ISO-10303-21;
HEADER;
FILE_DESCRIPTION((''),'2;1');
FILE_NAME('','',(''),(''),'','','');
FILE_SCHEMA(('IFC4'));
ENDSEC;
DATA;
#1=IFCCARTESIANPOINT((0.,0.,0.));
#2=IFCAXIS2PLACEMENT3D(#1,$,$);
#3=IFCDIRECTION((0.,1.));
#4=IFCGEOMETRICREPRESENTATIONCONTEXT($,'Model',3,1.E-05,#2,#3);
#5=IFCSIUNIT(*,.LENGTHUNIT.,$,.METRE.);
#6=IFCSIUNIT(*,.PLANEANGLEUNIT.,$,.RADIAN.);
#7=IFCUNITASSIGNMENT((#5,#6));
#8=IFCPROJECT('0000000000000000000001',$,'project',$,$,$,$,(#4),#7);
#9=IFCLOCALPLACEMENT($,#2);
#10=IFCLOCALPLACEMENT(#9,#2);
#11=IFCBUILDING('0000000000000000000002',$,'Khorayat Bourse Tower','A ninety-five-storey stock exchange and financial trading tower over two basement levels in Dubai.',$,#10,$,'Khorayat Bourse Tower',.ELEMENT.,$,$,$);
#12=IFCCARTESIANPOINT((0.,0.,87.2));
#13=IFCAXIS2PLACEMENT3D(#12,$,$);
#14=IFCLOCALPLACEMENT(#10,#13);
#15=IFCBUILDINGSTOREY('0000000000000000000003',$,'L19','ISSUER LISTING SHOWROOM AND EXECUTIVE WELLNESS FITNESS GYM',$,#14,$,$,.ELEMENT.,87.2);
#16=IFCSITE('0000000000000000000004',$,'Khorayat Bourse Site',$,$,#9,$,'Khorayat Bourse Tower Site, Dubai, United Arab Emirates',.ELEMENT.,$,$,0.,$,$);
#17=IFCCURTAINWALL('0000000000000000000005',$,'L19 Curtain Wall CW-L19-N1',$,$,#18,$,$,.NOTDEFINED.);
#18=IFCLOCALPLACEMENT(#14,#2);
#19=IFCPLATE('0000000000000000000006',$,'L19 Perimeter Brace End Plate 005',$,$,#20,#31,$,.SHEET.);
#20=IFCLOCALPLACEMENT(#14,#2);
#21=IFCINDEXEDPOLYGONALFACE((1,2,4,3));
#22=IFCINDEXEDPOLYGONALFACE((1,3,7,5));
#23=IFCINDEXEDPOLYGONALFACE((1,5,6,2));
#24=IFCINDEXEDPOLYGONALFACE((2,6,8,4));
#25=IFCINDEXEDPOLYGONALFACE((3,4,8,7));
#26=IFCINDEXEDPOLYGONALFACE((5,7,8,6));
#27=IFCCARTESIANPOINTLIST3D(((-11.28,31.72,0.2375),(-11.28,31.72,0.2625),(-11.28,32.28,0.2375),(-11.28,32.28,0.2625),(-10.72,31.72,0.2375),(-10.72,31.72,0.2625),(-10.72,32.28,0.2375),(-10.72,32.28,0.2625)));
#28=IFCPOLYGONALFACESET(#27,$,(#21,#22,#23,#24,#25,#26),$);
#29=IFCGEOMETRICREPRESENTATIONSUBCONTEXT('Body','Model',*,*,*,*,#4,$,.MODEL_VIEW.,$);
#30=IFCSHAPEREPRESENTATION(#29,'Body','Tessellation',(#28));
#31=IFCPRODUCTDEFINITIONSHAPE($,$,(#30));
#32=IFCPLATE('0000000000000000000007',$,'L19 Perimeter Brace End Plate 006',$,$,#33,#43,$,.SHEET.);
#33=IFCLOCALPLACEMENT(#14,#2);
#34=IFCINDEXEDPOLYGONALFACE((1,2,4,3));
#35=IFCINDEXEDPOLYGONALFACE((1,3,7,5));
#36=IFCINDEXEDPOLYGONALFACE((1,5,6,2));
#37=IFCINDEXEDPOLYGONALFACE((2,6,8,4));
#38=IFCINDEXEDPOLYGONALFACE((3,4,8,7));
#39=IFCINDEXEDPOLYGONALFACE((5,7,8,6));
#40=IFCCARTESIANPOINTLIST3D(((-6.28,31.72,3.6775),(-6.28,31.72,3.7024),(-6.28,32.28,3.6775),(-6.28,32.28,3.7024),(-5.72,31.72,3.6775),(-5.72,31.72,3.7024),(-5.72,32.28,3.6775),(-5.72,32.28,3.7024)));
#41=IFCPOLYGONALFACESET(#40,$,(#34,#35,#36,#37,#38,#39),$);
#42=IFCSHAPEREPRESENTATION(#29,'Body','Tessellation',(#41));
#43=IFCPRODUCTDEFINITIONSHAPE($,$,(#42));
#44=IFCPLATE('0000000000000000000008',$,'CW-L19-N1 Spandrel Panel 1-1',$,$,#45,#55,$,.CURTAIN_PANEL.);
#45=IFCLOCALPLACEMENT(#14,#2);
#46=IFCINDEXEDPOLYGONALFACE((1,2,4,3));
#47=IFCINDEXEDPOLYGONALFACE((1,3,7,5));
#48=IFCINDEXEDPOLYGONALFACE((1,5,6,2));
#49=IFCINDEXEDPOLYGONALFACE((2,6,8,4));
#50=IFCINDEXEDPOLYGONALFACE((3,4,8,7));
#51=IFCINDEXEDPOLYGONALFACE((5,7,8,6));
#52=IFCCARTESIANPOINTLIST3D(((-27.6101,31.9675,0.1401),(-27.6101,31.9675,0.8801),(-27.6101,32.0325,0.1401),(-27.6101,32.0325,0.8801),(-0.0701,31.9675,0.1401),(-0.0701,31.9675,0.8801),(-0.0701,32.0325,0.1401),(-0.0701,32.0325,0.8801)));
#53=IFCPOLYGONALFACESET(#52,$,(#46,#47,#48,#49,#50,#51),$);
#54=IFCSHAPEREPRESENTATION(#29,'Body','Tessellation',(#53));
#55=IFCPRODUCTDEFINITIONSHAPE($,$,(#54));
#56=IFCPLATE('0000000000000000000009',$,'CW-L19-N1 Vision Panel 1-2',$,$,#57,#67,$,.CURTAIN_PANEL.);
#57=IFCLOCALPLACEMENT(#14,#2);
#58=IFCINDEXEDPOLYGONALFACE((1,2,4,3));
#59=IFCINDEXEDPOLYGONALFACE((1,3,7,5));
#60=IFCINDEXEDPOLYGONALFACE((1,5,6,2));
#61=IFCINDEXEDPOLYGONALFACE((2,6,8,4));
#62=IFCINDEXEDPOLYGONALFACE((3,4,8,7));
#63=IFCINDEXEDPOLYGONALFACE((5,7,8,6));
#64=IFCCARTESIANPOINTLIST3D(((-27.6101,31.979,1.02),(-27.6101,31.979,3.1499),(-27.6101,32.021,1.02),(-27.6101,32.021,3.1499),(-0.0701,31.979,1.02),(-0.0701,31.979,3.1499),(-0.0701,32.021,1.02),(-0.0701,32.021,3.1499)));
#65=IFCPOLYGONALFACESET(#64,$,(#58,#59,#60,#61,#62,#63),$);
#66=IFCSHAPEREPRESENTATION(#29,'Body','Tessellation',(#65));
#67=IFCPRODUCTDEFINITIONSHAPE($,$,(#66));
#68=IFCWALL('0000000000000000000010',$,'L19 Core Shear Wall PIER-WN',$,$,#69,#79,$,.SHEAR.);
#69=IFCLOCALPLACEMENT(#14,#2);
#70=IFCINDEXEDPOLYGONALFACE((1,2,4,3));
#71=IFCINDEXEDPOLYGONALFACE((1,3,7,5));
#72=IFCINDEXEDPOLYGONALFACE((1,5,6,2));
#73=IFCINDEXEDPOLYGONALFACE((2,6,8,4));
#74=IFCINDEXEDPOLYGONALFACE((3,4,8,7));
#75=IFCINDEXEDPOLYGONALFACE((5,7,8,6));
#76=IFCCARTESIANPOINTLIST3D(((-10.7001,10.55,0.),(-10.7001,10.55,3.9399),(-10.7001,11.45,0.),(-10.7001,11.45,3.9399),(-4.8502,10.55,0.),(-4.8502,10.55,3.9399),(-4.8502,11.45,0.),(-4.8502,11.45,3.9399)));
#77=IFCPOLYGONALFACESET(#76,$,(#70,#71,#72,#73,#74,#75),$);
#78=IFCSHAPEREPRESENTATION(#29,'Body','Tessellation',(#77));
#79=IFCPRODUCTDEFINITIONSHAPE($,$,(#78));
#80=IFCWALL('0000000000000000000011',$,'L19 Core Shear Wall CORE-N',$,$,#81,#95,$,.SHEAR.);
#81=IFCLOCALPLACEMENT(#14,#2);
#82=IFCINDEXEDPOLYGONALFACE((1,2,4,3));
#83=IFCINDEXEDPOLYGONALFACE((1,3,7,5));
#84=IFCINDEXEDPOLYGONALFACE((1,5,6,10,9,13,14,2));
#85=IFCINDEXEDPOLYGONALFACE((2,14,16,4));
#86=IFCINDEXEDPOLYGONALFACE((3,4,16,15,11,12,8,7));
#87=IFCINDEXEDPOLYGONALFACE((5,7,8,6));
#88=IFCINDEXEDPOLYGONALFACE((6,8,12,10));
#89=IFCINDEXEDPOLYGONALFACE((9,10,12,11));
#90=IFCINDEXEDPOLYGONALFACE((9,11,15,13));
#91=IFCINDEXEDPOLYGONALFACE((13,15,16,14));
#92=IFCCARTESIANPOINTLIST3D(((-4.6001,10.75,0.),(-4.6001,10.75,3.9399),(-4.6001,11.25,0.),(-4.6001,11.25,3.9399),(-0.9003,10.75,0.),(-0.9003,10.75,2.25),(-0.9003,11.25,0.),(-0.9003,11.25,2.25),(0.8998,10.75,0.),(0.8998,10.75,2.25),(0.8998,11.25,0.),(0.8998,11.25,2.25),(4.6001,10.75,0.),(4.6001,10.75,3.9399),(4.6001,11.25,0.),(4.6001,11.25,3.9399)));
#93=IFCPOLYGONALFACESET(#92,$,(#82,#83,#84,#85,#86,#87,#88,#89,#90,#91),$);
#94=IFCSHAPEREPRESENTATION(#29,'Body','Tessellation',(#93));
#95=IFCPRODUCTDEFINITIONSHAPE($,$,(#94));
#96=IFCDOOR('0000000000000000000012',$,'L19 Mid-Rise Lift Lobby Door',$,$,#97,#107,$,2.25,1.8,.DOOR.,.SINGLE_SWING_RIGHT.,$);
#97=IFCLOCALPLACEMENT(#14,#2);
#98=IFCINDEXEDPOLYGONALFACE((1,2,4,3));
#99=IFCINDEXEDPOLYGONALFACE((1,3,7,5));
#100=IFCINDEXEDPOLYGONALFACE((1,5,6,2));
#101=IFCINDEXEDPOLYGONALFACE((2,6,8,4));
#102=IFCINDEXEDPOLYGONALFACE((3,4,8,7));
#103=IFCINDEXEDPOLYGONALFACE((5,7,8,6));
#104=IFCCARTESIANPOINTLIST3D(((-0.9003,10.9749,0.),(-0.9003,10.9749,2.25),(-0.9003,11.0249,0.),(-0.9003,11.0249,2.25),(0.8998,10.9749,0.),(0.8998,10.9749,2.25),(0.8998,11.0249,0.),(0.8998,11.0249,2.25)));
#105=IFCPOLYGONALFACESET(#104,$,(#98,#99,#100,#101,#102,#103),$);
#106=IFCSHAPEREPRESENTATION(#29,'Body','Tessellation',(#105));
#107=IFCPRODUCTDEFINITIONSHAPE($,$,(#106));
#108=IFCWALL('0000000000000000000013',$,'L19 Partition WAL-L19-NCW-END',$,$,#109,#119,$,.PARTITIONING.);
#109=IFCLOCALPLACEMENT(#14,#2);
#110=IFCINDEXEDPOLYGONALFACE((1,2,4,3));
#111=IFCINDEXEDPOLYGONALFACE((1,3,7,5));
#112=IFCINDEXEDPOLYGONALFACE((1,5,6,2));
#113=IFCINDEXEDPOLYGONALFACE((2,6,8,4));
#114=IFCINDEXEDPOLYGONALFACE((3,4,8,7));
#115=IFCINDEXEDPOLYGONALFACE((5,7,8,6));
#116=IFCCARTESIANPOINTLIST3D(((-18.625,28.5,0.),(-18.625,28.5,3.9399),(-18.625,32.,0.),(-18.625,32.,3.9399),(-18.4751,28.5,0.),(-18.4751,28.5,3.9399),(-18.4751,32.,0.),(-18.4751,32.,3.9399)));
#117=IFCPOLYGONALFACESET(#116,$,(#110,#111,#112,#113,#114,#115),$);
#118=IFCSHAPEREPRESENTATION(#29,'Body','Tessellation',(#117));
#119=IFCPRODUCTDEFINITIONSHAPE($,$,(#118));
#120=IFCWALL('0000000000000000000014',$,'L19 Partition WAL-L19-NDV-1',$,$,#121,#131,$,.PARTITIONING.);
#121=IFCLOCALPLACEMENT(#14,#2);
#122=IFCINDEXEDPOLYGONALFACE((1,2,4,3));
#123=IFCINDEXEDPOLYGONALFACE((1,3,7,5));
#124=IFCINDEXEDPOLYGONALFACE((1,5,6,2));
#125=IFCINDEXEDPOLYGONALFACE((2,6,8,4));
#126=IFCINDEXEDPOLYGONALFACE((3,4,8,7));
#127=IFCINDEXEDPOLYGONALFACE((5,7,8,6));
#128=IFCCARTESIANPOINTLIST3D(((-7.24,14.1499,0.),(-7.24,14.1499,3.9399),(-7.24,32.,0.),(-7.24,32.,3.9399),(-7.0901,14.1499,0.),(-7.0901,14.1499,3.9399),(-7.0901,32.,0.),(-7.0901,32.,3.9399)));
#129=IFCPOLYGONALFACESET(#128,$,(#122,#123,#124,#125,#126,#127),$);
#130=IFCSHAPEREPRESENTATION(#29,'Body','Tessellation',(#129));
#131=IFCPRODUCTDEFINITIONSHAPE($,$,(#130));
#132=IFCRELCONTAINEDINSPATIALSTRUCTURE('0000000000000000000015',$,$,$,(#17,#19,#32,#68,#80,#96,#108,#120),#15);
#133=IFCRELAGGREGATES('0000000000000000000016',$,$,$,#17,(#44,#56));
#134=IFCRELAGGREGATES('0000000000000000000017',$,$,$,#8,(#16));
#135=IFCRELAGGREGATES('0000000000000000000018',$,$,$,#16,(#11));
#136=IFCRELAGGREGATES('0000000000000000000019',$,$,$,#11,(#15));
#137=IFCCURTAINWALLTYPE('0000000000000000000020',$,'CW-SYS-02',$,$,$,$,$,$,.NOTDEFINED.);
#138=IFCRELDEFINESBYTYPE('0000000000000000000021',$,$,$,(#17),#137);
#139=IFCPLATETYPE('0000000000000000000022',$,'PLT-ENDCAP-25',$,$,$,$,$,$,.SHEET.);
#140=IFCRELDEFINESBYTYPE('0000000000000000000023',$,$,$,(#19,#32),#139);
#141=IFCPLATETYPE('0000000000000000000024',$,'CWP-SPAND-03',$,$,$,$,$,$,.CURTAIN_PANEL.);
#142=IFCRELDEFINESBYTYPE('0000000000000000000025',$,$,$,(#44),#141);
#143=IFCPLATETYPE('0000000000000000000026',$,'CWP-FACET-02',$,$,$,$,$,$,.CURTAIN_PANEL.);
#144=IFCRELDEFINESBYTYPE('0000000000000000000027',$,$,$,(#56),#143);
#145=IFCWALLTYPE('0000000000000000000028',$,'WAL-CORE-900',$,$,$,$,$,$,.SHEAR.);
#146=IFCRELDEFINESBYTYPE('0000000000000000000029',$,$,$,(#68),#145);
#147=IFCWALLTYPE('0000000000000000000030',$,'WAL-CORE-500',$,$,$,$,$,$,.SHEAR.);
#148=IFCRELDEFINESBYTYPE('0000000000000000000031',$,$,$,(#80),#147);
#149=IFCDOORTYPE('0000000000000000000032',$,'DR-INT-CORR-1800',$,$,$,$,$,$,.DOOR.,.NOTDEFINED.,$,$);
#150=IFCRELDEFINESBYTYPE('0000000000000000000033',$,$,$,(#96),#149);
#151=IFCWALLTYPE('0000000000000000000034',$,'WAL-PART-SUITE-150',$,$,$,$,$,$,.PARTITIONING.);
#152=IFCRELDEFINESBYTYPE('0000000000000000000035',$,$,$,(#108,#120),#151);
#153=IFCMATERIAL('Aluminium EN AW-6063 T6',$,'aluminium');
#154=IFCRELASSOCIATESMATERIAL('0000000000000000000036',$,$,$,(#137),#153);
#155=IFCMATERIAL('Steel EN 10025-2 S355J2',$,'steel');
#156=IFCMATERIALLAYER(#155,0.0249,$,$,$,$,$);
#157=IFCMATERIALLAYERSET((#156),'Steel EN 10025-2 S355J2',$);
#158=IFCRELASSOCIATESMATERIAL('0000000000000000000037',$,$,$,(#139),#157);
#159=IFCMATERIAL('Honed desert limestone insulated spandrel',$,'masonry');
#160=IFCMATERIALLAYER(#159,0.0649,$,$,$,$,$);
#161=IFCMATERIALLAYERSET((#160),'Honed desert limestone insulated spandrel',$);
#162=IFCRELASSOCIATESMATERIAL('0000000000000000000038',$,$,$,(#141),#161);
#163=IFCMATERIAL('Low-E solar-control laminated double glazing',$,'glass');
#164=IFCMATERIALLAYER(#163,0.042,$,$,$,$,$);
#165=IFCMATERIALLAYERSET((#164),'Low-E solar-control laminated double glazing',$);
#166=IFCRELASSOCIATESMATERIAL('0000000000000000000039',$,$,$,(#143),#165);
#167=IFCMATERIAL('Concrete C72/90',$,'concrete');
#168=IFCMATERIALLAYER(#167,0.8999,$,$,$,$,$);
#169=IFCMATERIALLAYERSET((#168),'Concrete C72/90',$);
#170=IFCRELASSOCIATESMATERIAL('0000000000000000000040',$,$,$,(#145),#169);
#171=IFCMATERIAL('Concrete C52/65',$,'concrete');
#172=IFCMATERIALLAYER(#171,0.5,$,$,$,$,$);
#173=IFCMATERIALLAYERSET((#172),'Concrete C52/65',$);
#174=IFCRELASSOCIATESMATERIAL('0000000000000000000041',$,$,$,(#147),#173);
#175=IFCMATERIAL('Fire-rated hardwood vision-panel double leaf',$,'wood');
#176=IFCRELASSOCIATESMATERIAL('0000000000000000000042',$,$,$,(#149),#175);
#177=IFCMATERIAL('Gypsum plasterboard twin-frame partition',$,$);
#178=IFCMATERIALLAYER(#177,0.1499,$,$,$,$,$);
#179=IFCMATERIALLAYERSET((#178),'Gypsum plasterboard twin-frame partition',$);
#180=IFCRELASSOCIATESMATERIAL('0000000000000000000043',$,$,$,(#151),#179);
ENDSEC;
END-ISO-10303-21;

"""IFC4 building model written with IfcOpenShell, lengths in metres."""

from ifc_helpers import new_model, si_unit, direction, frame, frame_2d, origin, origin_2d, place, context, subcontext, project, spatial, rectangle, extrude, source, transform, mapped, material, layer, layer_set, type_object, element, fill, aggregate, save


model = new_model("IFC4")

# Units and contexts
model_context = context("Model", 3, precision=1e-05, world=origin(), true_north=direction((0.0, 1.0)))
body_context = subcontext(model_context, "Body", "Model", "MODEL_VIEW")
ifc_project = project(units=[si_unit("LENGTHUNIT", "METRE"), si_unit("PLANEANGLEUNIT", "RADIAN")], contexts=[model_context])

# Site, building, storey
site_placement = place(None, origin())
site = spatial("IfcSite", under=ifc_project, at=site_placement, Name="Khorayat Bourse Site", LongName="Khorayat Bourse Tower Site, Dubai, United Arab Emirates", CompositionType="ELEMENT", RefElevation=0.0)
building_placement = place(site_placement, origin())
building = spatial("IfcBuilding", under=site, at=building_placement, Name="Khorayat Bourse Tower", Description="A ninety-five-storey stock exchange and financial trading tower over two basement levels in Dubai.", LongName="Khorayat Bourse Tower", CompositionType="ELEMENT")
storey_placement = place(building_placement, frame((0.0, 0.0, 87.2)))
storey = spatial("IfcBuildingStorey", under=building, at=storey_placement, Name="L19", Description="ISSUER LISTING SHOWROOM AND EXECUTIVE WELLNESS FITNESS GYM", CompositionType="ELEMENT", Elevation=87.2)

# Shared definitions
ifc_material_1 = material(Name="Concrete C72/90", Category="concrete")

# Curtain wall
ifc_material_2 = material(Name="Aluminium EN AW-6063 T6", Category="aluminium")
curtain_wall_type = type_object("IfcCurtainWallType", Name="CW-SYS-02", PredefinedType="NOTDEFINED", material=ifc_material_2)
curtain_wall_placement = place(storey_placement, origin())
curtain_wall = element("IfcCurtainWall", 1, at=curtain_wall_placement, inside=storey, type_object=curtain_wall_type, Name="L19 Curtain Wall CW-L19-N1", PredefinedType="NOTDEFINED")

# Plates
ifc_material_3 = material(Name="Steel EN 10025-2 S355J2", Category="steel")
ifc_layer_1 = layer(ifc_material_3, 0.0249)
ifc_layer_set_1 = layer_set([ifc_layer_1], Name="Steel EN 10025-2 S355J2")
plate_type_1 = type_object("IfcPlateType", Name="PLT-ENDCAP-25", PredefinedType="SHEET", material=ifc_layer_set_1)
shared_shape_1 = source(origin(), body_context, "Body", "SweptSolid", [
    extrude(rectangle(XDim=0.5601, YDim=0.5601, at=origin_2d()), origin(), (0.0, 0.0, 1.0), 0.0249),
])
for number, where, z_axis, x_axis, name in (
    (2, (-11.0, 32.0, 0.2375), (0.0, 0.0, 1.0), (1.0, 0.0, 0.0), "L19 Perimeter Brace End Plate 005"),
    (3, (-6.0, 32.0, 3.6775), (0.0, 0.0, 1.0), (1.0, 0.0, 0.0), "L19 Perimeter Brace End Plate 006"),
):
    element("IfcPlate", number, at=place(storey_placement, frame(where, z_axis=z_axis, x_axis=x_axis)), inside=storey, type_object=plate_type_1, Name=name, PredefinedType="SHEET", context=body_context, shape_type="MappedRepresentation", body=[
        mapped(shared_shape_1, transform((0.0, 0.0, 0.0), scale=1.0)),
    ])

# Plates
ifc_material_4 = material(Name="Honed desert limestone insulated spandrel", Category="masonry")
ifc_layer_2 = layer(ifc_material_4, 0.0649)
ifc_layer_set_2 = layer_set([ifc_layer_2], Name="Honed desert limestone insulated spandrel")
plate_type_2 = type_object("IfcPlateType", Name="CWP-SPAND-03", PredefinedType="CURTAIN_PANEL", material=ifc_layer_set_2)
shared_shape_2 = source(origin(), body_context, "Body", "SweptSolid", [
    extrude(rectangle(XDim=27.54, YDim=0.0649, at=origin_2d()), origin(), (0.0, 0.0, 1.0), 0.74),
])
plate_1_placement = place(storey_placement, frame((-13.8401, 32.0, 0.1401), z_axis=(0.0, 0.0, 1.0), x_axis=(1.0, 0.0, 0.0)))
plate_1 = element("IfcPlate", 4, at=plate_1_placement, type_object=plate_type_2, Name="CW-L19-N1 Spandrel Panel 1-1", PredefinedType="CURTAIN_PANEL", context=body_context, shape_type="MappedRepresentation", body=[
    mapped(shared_shape_2, transform((0.0, 0.0, 0.0), scale=1.0)),
])
ifc_material_5 = material(Name="Low-E solar-control laminated double glazing", Category="glass")
ifc_layer_3 = layer(ifc_material_5, 0.042)
ifc_layer_set_3 = layer_set([ifc_layer_3], Name="Low-E solar-control laminated double glazing")
plate_type_3 = type_object("IfcPlateType", Name="CWP-FACET-02", PredefinedType="CURTAIN_PANEL", material=ifc_layer_set_3)
shared_shape_3 = source(origin(), body_context, "Body", "SweptSolid", [
    extrude(rectangle(XDim=27.54, YDim=0.042, at=origin_2d()), origin(), (0.0, 0.0, 1.0), 2.1299),
])
plate_2_placement = place(storey_placement, frame((-13.8401, 32.0, 1.02), z_axis=(0.0, 0.0, 1.0), x_axis=(1.0, 0.0, 0.0)))
plate_2 = element("IfcPlate", 5, at=plate_2_placement, type_object=plate_type_3, Name="CW-L19-N1 Vision Panel 1-2", PredefinedType="CURTAIN_PANEL", context=body_context, shape_type="MappedRepresentation", body=[
    mapped(shared_shape_3, transform((0.0, 0.0, 0.0), scale=1.0)),
])
aggregate(curtain_wall, [plate_1, plate_2])

# Wall
ifc_layer_4 = layer(ifc_material_1, 0.8999)
ifc_layer_set_4 = layer_set([ifc_layer_4], Name="Concrete C72/90")
wall_type_1 = type_object("IfcWallType", Name="WAL-CORE-900", PredefinedType="SHEAR", material=ifc_layer_set_4)
shared_shape_4 = source(origin(), body_context, "Body", "SweptSolid", [
    extrude(rectangle(XDim=5.8499, YDim=0.8999, at=frame_2d((2.9248, 0.0))), origin(), (0.0, 0.0, 1.0), 3.9399),
])
wall_1_placement = place(storey_placement, frame((-10.7, 11.0, 0.0), z_axis=(0.0, 0.0, 1.0), x_axis=(1.0, 0.0, 0.0)))
element("IfcWall", 6, at=wall_1_placement, inside=storey, type_object=wall_type_1, Name="L19 Core Shear Wall PIER-WN", PredefinedType="SHEAR", context=body_context, shape_type="MappedRepresentation", body=[
    mapped(shared_shape_4, transform((0.0, 0.0, 0.0), scale=1.0)),
])

# Wall, opening, door
ifc_material_6 = material(Name="Concrete C52/65", Category="concrete")
ifc_layer_5 = layer(ifc_material_6, 0.5)
ifc_layer_set_5 = layer_set([ifc_layer_5], Name="Concrete C52/65")
wall_type_2 = type_object("IfcWallType", Name="WAL-CORE-500", PredefinedType="SHEAR", material=ifc_layer_set_5)
shared_shape_5 = source(origin(), body_context, "Body", "SweptSolid", [
    extrude(rectangle(XDim=9.2002, YDim=0.5, at=frame_2d((4.6001, 0.0))), origin(), (0.0, 0.0, 1.0), 3.9399),
])
wall_2_placement = place(storey_placement, frame((-4.6001, 11.0, 0.0), z_axis=(0.0, 0.0, 1.0), x_axis=(1.0, 0.0, 0.0)))
wall_2 = element("IfcWall", 7, at=wall_2_placement, inside=storey, type_object=wall_type_2, Name="L19 Core Shear Wall CORE-N", PredefinedType="SHEAR", context=body_context, shape_type="MappedRepresentation", body=[
    mapped(shared_shape_5, transform((0.0, 0.0, 0.0), scale=1.0)),
])
shared_shape_6 = source(origin(), body_context, "Body", "SweptSolid", [
    extrude(rectangle(XDim=1.8, YDim=2.25, at=frame_2d((0.8999, 1.125))), frame((0.0, 0.26, 0.0), z_axis=(0.0, -1.0, 0.0), x_axis=(1.0, 0.0, 0.0)), (0.0, 0.0, 1.0), 0.52),
])
opening_1_placement = place(wall_2_placement, frame((3.7, 0.0, 0.0)))
opening_1 = element("IfcOpeningElement", 8, at=opening_1_placement, cuts=wall_2, PredefinedType="OPENING", context=body_context, shape_type="MappedRepresentation", body=[
    mapped(shared_shape_6, transform((0.0, 0.0, 0.0), scale=1.0)),
])
ifc_material_7 = material(Name="Fire-rated hardwood vision-panel double leaf", Category="wood")
door_type_1 = type_object("IfcDoorType", Name="DR-INT-CORR-1800", OperationType="NOTDEFINED", PredefinedType="DOOR", material=ifc_material_7)
shared_shape_7 = source(origin(), body_context, "Body", "SweptSolid", [
    extrude(rectangle(XDim=1.8, YDim=2.25, at=frame_2d((0.8999, 1.125))), frame((0.0, 0.0249, 0.0), z_axis=(0.0, -1.0, 0.0), x_axis=(1.0, 0.0, 0.0)), (0.0, 0.0, 1.0), 0.05),
])
door_1_placement = place(opening_1_placement, origin())
door_1 = element("IfcDoor", 9, at=door_1_placement, inside=storey, type_object=door_type_1, Name="L19 Mid-Rise Lift Lobby Door", OperationType="SINGLE_SWING_RIGHT", OverallHeight=2.25, OverallWidth=1.8, PredefinedType="DOOR", context=body_context, shape_type="MappedRepresentation", body=[
    mapped(shared_shape_7, transform((0.0, 0.0, 0.0), scale=1.0)),
])
fill(opening_1, door_1)

# Walls
ifc_material_8 = material(Name="Gypsum plasterboard twin-frame partition")
ifc_layer_6 = layer(ifc_material_8, 0.1499)
ifc_layer_set_6 = layer_set([ifc_layer_6], Name="Gypsum plasterboard twin-frame partition")
wall_type_3 = type_object("IfcWallType", Name="WAL-PART-SUITE-150", PredefinedType="PARTITIONING", material=ifc_layer_set_6)
shared_shape_8 = source(origin(), body_context, "Body", "SweptSolid", [
    extrude(rectangle(XDim=3.5, YDim=0.1499, at=frame_2d((1.75, 0.0))), origin(), (0.0, 0.0, 1.0), 3.9399),
])
wall_3_placement = place(storey_placement, frame((-18.55, 28.5, 0.0), z_axis=(0.0, 0.0, 1.0), x_axis=(0.0, 1.0, 0.0)))
element("IfcWall", 10, at=wall_3_placement, inside=storey, type_object=wall_type_3, Name="L19 Partition WAL-L19-NCW-END", PredefinedType="PARTITIONING", context=body_context, shape_type="MappedRepresentation", body=[
    mapped(shared_shape_8, transform((0.0, 0.0, 0.0), scale=1.0)),
])
shared_shape_9 = source(origin(), body_context, "Body", "SweptSolid", [
    extrude(rectangle(XDim=17.8501, YDim=0.1499, at=frame_2d((8.925, 0.0))), origin(), (0.0, 0.0, 1.0), 3.9399),
])
wall_4_placement = place(storey_placement, frame((-7.165, 14.1499, 0.0), z_axis=(0.0, 0.0, 1.0), x_axis=(0.0, 1.0, 0.0)))
element("IfcWall", 11, at=wall_4_placement, inside=storey, type_object=wall_type_3, Name="L19 Partition WAL-L19-NDV-1", PredefinedType="PARTITIONING", context=body_context, shape_type="MappedRepresentation", body=[
    mapped(shared_shape_9, transform((0.0, 0.0, 0.0), scale=1.0)),
])

save(model, "model.ifc")
